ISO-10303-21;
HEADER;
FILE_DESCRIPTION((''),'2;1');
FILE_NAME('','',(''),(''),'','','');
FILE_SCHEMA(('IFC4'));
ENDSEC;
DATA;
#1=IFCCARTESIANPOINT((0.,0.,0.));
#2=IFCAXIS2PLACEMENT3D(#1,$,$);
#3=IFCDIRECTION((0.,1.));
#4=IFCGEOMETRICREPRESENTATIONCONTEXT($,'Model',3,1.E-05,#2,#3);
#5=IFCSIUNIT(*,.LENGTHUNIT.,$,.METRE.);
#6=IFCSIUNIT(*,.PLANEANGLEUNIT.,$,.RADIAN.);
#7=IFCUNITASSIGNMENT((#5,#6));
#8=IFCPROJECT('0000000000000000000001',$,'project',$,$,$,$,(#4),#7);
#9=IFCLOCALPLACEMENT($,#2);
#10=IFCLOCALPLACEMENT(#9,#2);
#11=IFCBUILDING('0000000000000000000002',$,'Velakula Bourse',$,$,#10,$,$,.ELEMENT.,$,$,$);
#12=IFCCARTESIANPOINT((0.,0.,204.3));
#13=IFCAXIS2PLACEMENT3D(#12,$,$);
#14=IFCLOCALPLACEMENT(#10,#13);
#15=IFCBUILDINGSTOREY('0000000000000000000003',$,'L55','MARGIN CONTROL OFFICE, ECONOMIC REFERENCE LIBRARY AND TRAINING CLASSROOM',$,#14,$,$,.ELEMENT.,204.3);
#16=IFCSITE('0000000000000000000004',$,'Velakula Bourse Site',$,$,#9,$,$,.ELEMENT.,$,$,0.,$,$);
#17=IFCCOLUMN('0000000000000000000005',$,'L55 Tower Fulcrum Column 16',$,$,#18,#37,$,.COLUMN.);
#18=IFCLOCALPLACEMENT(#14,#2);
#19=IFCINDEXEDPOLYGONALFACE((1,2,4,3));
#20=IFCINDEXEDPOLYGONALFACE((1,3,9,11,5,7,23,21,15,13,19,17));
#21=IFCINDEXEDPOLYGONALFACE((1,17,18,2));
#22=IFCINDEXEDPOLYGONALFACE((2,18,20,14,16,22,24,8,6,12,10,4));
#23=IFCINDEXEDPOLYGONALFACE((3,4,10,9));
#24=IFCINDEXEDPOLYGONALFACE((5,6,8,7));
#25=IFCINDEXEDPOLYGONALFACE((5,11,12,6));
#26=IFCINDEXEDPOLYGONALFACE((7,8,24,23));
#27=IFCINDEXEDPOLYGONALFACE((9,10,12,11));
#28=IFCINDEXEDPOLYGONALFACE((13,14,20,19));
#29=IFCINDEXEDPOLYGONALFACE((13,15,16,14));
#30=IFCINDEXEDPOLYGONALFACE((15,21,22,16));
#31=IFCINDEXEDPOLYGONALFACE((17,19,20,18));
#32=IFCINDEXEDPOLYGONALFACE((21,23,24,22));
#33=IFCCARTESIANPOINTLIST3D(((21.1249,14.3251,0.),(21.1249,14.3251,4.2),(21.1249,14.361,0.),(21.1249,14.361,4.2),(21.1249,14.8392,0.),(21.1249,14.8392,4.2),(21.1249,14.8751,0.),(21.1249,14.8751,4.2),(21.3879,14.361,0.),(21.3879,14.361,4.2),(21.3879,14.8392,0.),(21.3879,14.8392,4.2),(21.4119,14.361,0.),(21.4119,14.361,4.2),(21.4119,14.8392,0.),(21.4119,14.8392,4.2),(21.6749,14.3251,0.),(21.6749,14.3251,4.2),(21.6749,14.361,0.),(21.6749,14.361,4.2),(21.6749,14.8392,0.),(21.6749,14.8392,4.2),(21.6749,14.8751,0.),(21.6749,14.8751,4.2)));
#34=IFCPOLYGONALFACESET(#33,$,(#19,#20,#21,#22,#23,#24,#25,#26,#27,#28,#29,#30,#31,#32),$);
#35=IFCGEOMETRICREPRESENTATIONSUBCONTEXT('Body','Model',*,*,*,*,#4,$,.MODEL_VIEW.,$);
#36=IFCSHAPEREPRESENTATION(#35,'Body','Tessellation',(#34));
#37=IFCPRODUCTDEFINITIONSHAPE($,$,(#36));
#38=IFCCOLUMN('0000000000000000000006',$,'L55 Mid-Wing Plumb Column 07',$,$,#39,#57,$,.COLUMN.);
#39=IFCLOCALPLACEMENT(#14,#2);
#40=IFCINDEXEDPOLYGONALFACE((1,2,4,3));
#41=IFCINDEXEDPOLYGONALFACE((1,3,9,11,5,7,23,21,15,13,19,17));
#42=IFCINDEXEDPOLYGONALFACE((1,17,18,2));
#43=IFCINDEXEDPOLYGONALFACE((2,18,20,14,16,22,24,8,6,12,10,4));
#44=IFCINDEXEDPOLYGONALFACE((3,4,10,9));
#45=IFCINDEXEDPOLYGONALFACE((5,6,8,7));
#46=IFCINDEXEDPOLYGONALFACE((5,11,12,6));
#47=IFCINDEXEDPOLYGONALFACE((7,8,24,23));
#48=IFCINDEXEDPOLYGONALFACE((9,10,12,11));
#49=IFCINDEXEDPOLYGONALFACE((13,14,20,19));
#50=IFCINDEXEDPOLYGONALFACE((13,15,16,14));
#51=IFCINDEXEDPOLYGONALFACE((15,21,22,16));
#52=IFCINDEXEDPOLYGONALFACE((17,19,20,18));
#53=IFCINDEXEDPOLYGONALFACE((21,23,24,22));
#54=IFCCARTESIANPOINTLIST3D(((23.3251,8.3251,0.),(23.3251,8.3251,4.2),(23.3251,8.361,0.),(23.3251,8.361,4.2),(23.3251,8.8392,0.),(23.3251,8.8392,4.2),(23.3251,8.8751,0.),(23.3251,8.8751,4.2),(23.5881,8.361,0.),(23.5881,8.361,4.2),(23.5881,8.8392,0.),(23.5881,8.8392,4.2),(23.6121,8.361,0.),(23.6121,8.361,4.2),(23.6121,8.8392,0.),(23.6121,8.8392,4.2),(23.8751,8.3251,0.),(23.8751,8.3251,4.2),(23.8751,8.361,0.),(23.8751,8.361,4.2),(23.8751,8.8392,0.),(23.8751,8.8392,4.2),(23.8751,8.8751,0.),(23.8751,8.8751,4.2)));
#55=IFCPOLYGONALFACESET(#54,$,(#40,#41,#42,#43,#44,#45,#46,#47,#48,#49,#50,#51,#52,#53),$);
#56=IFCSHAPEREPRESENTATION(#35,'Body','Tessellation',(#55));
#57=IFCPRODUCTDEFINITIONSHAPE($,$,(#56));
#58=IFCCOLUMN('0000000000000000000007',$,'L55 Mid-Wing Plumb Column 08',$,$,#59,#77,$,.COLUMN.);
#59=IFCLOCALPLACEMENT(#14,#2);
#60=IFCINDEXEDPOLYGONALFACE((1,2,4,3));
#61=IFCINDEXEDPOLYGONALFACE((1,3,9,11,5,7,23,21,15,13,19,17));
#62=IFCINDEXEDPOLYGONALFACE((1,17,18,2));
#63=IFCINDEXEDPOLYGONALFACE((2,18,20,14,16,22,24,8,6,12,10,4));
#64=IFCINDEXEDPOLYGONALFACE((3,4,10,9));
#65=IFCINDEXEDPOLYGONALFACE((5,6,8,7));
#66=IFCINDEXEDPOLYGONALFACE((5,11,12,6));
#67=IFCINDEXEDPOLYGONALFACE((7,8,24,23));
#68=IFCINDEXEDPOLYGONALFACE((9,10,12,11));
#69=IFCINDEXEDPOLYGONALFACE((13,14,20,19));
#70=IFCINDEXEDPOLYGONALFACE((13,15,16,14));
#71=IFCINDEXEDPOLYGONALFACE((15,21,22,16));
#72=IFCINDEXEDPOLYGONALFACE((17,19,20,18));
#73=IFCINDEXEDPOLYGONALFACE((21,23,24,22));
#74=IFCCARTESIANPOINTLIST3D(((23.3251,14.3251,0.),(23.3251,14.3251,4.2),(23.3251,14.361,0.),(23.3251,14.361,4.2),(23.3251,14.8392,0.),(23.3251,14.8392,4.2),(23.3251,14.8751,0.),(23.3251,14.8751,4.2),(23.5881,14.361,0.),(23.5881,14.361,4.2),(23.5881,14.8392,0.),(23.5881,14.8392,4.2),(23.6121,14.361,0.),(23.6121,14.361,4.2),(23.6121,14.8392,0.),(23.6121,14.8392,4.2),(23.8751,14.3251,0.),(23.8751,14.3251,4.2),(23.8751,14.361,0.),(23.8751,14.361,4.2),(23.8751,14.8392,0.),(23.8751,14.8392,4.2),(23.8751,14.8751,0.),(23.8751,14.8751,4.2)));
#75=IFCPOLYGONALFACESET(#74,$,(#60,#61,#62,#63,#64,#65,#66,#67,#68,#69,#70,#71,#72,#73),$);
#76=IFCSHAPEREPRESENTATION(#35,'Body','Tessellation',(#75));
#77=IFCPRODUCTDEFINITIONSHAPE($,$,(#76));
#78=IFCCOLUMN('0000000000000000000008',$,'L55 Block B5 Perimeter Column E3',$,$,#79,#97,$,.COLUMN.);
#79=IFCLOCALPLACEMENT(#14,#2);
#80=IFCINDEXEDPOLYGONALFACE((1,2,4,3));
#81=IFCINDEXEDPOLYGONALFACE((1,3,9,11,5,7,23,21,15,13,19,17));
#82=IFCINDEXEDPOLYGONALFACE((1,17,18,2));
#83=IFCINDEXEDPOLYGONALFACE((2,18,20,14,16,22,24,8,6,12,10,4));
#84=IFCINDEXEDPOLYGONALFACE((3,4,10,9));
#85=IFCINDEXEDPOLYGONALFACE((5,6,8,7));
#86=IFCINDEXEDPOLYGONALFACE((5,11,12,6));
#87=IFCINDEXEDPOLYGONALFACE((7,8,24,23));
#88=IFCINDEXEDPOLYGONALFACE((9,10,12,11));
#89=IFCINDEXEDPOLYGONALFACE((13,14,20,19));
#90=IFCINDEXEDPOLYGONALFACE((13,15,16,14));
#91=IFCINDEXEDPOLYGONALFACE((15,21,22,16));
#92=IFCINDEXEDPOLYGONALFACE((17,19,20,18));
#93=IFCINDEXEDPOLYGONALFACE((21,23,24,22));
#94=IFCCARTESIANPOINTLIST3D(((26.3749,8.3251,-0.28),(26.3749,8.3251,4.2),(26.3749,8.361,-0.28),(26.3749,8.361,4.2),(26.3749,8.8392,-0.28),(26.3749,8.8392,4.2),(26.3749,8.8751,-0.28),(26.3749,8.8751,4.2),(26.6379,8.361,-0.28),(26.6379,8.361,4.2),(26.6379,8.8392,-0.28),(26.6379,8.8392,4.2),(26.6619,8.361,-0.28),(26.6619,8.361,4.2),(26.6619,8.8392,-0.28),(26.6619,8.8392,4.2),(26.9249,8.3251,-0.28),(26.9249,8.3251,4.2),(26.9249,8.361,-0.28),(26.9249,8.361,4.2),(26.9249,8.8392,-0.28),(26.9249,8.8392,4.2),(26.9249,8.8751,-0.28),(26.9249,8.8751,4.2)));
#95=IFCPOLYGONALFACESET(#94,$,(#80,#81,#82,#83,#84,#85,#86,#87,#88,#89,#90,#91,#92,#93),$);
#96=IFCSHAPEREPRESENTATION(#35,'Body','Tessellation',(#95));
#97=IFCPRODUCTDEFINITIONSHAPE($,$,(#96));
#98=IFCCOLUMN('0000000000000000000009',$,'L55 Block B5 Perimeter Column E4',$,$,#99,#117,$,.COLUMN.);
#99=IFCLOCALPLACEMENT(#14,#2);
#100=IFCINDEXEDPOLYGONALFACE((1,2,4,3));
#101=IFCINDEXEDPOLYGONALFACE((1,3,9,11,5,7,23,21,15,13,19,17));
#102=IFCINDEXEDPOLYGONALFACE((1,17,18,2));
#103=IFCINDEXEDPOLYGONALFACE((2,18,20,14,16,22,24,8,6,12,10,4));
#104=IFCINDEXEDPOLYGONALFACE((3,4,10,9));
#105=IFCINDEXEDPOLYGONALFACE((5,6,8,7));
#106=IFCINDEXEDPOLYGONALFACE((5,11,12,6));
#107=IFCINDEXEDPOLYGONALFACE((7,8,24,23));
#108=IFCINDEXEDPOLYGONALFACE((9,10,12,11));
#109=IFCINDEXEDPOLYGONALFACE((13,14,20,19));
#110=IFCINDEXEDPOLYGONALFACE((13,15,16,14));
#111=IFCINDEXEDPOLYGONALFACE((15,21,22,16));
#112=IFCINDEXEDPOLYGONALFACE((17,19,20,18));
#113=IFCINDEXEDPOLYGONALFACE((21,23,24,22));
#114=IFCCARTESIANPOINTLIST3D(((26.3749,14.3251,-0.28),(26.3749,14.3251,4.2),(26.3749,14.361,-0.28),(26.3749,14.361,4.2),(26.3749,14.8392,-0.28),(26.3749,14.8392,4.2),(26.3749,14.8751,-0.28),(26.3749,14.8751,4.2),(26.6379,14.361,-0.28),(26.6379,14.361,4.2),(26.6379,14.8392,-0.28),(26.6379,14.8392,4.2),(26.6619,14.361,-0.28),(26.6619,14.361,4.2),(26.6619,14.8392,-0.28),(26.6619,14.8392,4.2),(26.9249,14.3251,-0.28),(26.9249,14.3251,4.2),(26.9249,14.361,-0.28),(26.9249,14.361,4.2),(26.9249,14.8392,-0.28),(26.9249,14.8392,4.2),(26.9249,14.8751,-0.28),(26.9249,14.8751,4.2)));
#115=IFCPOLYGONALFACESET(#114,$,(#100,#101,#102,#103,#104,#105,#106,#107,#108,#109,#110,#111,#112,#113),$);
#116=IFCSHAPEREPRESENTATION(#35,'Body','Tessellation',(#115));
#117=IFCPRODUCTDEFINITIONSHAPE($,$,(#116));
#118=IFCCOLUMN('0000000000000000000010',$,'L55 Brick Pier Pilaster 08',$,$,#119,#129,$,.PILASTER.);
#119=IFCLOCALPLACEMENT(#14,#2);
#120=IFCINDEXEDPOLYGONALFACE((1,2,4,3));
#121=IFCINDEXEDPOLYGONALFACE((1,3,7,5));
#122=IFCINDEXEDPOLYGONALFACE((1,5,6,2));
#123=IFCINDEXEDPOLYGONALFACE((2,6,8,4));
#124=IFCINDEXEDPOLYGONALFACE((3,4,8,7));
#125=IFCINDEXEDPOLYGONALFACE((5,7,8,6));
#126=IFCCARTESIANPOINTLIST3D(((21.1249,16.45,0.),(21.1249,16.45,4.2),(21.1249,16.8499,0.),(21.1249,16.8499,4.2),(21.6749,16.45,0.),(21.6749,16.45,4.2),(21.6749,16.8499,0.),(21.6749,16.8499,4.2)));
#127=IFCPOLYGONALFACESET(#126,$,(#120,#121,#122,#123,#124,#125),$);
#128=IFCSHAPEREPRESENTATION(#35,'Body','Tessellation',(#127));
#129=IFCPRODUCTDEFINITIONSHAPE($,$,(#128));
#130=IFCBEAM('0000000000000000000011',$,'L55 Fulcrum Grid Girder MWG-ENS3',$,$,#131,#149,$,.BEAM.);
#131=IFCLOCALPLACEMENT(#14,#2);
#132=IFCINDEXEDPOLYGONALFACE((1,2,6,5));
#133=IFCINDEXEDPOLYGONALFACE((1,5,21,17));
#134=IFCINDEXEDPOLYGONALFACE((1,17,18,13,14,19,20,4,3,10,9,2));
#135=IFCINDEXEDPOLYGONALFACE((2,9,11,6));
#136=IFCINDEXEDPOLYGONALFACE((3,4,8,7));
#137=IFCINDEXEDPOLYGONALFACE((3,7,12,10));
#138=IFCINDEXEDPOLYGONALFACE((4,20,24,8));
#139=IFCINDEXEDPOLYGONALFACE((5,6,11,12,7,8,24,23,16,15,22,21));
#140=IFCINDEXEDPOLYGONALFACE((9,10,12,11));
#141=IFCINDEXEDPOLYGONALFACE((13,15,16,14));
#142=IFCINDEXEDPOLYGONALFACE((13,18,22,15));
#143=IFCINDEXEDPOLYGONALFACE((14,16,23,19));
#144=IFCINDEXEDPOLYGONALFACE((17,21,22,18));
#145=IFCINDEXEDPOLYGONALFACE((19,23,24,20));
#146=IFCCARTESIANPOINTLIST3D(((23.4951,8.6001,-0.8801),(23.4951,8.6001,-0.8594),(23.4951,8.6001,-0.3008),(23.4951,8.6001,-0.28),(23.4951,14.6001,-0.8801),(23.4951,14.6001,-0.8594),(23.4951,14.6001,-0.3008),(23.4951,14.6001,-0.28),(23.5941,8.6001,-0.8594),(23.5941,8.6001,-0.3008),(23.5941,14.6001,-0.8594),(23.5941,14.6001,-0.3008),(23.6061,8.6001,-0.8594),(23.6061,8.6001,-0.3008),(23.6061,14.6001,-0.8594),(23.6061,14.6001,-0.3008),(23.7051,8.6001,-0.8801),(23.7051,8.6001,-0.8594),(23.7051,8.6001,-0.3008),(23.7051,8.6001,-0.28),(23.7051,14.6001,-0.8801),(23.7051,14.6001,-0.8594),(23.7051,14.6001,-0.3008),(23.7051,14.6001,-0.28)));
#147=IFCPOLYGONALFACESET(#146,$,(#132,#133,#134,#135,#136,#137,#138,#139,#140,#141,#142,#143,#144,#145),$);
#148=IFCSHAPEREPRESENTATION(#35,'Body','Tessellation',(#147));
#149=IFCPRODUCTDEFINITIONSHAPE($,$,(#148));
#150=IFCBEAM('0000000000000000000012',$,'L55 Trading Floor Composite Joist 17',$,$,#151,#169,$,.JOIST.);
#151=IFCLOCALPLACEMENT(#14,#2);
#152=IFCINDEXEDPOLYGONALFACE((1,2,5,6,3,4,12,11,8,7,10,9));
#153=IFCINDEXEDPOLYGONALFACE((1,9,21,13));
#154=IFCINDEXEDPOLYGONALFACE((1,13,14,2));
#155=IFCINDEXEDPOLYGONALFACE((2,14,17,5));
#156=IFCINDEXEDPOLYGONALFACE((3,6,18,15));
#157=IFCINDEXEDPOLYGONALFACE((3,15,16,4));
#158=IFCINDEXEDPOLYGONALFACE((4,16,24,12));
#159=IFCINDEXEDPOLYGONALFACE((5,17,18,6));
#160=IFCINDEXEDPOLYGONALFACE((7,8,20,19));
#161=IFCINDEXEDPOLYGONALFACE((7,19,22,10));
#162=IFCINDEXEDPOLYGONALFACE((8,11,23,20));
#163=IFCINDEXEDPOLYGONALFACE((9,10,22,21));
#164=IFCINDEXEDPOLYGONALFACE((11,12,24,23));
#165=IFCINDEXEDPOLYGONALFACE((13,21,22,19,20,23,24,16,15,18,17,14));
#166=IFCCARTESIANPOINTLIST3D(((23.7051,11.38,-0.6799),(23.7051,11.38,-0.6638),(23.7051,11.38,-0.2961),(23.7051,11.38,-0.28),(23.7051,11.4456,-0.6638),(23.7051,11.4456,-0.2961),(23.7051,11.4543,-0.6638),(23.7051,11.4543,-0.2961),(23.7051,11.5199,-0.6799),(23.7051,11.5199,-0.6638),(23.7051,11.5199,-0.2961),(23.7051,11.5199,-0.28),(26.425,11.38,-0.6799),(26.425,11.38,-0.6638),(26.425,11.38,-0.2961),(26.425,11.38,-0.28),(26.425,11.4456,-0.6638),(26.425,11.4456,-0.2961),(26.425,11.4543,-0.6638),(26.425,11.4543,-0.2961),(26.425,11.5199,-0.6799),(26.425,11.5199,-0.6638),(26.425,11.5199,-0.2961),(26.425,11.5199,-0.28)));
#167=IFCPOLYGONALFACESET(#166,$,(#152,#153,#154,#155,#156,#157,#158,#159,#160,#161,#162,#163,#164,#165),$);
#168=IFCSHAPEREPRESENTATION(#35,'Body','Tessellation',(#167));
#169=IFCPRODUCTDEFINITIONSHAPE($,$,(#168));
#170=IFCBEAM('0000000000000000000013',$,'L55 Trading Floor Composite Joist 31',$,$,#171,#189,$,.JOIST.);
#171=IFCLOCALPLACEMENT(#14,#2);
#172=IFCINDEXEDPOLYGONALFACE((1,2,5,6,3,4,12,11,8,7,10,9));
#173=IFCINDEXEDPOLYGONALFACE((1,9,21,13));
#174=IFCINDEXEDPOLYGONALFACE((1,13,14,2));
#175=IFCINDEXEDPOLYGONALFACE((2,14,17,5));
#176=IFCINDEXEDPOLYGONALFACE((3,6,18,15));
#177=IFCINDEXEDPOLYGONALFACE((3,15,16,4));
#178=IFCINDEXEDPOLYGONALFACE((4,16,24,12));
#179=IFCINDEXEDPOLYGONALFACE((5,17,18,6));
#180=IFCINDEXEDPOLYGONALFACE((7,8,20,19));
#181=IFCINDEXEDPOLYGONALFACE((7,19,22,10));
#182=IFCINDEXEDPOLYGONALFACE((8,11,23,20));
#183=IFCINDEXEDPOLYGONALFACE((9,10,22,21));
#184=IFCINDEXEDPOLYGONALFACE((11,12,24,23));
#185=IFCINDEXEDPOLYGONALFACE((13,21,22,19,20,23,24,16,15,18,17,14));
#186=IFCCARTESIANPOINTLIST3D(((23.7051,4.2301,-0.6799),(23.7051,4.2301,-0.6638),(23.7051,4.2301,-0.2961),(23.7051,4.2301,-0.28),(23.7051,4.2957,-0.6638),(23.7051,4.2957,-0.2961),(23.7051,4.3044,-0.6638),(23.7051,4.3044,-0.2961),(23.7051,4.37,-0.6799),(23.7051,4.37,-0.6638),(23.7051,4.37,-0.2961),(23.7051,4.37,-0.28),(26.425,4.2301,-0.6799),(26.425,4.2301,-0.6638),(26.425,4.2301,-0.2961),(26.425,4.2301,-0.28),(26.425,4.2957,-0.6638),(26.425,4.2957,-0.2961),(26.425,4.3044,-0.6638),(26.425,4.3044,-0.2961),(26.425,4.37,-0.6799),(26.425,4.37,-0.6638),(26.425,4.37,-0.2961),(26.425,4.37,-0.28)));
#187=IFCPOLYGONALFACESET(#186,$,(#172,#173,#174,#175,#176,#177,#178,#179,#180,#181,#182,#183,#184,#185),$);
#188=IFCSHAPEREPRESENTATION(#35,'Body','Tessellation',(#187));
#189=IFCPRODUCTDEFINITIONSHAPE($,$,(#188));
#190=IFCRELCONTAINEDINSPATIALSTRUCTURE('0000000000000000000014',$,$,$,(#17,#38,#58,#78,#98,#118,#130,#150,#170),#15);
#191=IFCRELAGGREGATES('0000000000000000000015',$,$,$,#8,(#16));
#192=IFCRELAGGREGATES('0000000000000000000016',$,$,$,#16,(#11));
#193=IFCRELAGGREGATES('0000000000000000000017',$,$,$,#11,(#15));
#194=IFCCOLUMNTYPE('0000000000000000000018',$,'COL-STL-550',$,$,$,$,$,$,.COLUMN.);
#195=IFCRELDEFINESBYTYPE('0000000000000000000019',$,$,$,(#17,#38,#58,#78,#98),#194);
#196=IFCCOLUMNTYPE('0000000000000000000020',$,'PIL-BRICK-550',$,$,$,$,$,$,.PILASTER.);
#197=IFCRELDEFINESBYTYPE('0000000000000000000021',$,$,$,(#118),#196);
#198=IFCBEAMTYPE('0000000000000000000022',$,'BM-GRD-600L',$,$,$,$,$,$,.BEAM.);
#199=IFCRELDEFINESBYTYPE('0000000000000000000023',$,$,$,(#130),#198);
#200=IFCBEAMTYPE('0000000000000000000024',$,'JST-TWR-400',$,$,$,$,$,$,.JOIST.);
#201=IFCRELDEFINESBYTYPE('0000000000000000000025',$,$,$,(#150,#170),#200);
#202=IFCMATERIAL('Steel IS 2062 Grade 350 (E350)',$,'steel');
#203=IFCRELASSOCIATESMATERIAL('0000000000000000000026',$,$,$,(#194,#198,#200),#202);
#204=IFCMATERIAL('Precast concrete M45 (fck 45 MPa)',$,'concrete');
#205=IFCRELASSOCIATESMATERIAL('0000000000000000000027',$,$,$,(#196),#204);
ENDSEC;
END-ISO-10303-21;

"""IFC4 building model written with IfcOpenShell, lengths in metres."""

from ifc_helpers import new_model, si_unit, direction, frame, origin, origin_2d, place, context, subcontext, project, spatial, rectangle, i_section, extrude, material, material_profile, profile_set, type_object, element, save


model = new_model("IFC4")

# Units and contexts
model_context = context("Model", 3, precision=1e-05, world=origin(), true_north=direction((0.0, 1.0)))
body_context = subcontext(model_context, "Body", "Model", "MODEL_VIEW")
ifc_project = project(units=[si_unit("LENGTHUNIT", "METRE"), si_unit("PLANEANGLEUNIT", "RADIAN")], contexts=[model_context])

# Site, building, storey
site_placement = place(None, origin())
site = spatial("IfcSite", under=ifc_project, at=site_placement, Name="Velakula Bourse Site", CompositionType="ELEMENT", RefElevation=0.0)
building_placement = place(site_placement, origin())
building = spatial("IfcBuilding", under=site, at=building_placement, Name="Velakula Bourse", CompositionType="ELEMENT")
storey_placement = place(building_placement, frame((0.0, 0.0, 204.3)))
storey = spatial("IfcBuildingStorey", under=building, at=storey_placement, Name="L55", Description="MARGIN CONTROL OFFICE, ECONOMIC REFERENCE LIBRARY AND TRAINING CLASSROOM", CompositionType="ELEMENT", Elevation=204.3)

# Columns
ifc_material_1 = material(Name="Steel IS 2062 Grade 350 (E350)", Category="steel")
ifc_material_profile_1 = material_profile(ifc_material_1, i_section(OverallWidth=0.55, OverallDepth=0.55, WebThickness=0.0239, FlangeThickness=0.0359, at=origin_2d()), Name="Steel IS 2062 Grade 350 (E350)")
ifc_profile_set_1 = profile_set([ifc_material_profile_1], Name="Steel IS 2062 Grade 350 (E350)")
column_type_1 = type_object("IfcColumnType", Name="COL-STL-550", PredefinedType="COLUMN", material=ifc_profile_set_1)
for number, where, z_axis, x_axis, name in (
    (1, (21.3999, 14.6001, 0.0), (0.0, 0.0, 1.0), (1.0, 0.0, 0.0), "L55 Tower Fulcrum Column 16"),
    (2, (23.6001, 8.6001, 0.0), (0.0, 0.0, 1.0), (1.0, 0.0, 0.0), "L55 Mid-Wing Plumb Column 07"),
    (3, (23.6001, 14.6001, 0.0), (0.0, 0.0, 1.0), (1.0, 0.0, 0.0), "L55 Mid-Wing Plumb Column 08"),
):
    element("IfcColumn", number, at=place(storey_placement, frame(where, z_axis=z_axis, x_axis=x_axis)), inside=storey, type_object=column_type_1, Name=name, PredefinedType="COLUMN", context=body_context, shape_type="SweptSolid", body=[
        extrude(i_section(OverallWidth=0.55, OverallDepth=0.55, WebThickness=0.0239, FlangeThickness=0.0359, at=origin_2d()), origin(), (0.0, 0.0, 1.0), 4.2),
    ])
for number, where, z_axis, x_axis, name in (
    (4, (26.6499, 8.6001, -0.28), (0.0, 0.0, 1.0), (1.0, 0.0, 0.0), "L55 Block B5 Perimeter Column E3"),
    (5, (26.6499, 14.6001, -0.28), (0.0, 0.0, 1.0), (1.0, 0.0, 0.0), "L55 Block B5 Perimeter Column E4"),
):
    element("IfcColumn", number, at=place(storey_placement, frame(where, z_axis=z_axis, x_axis=x_axis)), inside=storey, type_object=column_type_1, Name=name, PredefinedType="COLUMN", context=body_context, shape_type="SweptSolid", body=[
        extrude(i_section(OverallWidth=0.55, OverallDepth=0.55, WebThickness=0.0239, FlangeThickness=0.0359, at=origin_2d()), origin(), (0.0, 0.0, 1.0), 4.48),
    ])
ifc_material_2 = material(Name="Precast concrete M45 (fck 45 MPa)", Category="concrete")
ifc_material_profile_2 = material_profile(ifc_material_2, rectangle(XDim=0.55, YDim=0.3999, at=origin_2d()), Name="Precast concrete M45 (fck 45 MPa)")
ifc_profile_set_2 = profile_set([ifc_material_profile_2], Name="Precast concrete M45 (fck 45 MPa)")
column_type_2 = type_object("IfcColumnType", Name="PIL-BRICK-550", PredefinedType="PILASTER", material=ifc_profile_set_2)
column_placement = place(storey_placement, frame((21.3999, 16.6499, 0.0), z_axis=(0.0, 0.0, 1.0), x_axis=(1.0, 0.0, 0.0)))
element("IfcColumn", 6, at=column_placement, inside=storey, type_object=column_type_2, Name="L55 Brick Pier Pilaster 08", PredefinedType="PILASTER", context=body_context, shape_type="SweptSolid", body=[
    extrude(rectangle(XDim=0.55, YDim=0.3999, at=origin_2d()), origin(), (0.0, 0.0, 1.0), 4.2),
])

# Beams
ifc_material_profile_3 = material_profile(ifc_material_1, i_section(OverallWidth=0.21, OverallDepth=0.6001, WebThickness=0.012, FlangeThickness=0.0208, at=origin_2d()), Name="Steel IS 2062 Grade 350 (E350)")
ifc_profile_set_3 = profile_set([ifc_material_profile_3], Name="Steel IS 2062 Grade 350 (E350)")
beam_type_1 = type_object("IfcBeamType", Name="BM-GRD-600L", PredefinedType="BEAM", material=ifc_profile_set_3)
beam_1_placement = place(storey_placement, frame((23.6001, 8.6001, -0.5801), z_axis=(0.0, 1.0, 0.0), x_axis=(-1.0, 0.0, 0.0)))
element("IfcBeam", 7, at=beam_1_placement, inside=storey, type_object=beam_type_1, Name="L55 Fulcrum Grid Girder MWG-ENS3", PredefinedType="BEAM", context=body_context, shape_type="SweptSolid", body=[
    extrude(i_section(OverallWidth=0.21, OverallDepth=0.6001, WebThickness=0.012, FlangeThickness=0.0208, at=origin_2d()), origin(), (0.0, 0.0, 1.0), 6.0),
])
ifc_material_profile_4 = material_profile(ifc_material_1, i_section(OverallWidth=0.1399, OverallDepth=0.3999, WebThickness=0.0088, FlangeThickness=0.0161, at=origin_2d()), Name="Steel IS 2062 Grade 350 (E350)")
ifc_profile_set_4 = profile_set([ifc_material_profile_4], Name="Steel IS 2062 Grade 350 (E350)")
beam_type_2 = type_object("IfcBeamType", Name="JST-TWR-400", PredefinedType="JOIST", material=ifc_profile_set_4)
for number, where, z_axis, x_axis, name in (
    (8, (23.7051, 11.45, -0.48), (1.0, 0.0, 0.0), (0.0, 1.0, 0.0), "L55 Trading Floor Composite Joist 17"),
    (9, (23.7051, 4.3, -0.48), (1.0, 0.0, 0.0), (0.0, 1.0, 0.0), "L55 Trading Floor Composite Joist 31"),
):
    element("IfcBeam", number, at=place(storey_placement, frame(where, z_axis=z_axis, x_axis=x_axis)), inside=storey, type_object=beam_type_2, Name=name, PredefinedType="JOIST", context=body_context, shape_type="SweptSolid", body=[
        extrude(i_section(OverallWidth=0.1399, OverallDepth=0.3999, WebThickness=0.0088, FlangeThickness=0.0161, at=origin_2d()), origin(), (0.0, 0.0, 1.0), 2.72),
    ])

save(model, "model.ifc")
